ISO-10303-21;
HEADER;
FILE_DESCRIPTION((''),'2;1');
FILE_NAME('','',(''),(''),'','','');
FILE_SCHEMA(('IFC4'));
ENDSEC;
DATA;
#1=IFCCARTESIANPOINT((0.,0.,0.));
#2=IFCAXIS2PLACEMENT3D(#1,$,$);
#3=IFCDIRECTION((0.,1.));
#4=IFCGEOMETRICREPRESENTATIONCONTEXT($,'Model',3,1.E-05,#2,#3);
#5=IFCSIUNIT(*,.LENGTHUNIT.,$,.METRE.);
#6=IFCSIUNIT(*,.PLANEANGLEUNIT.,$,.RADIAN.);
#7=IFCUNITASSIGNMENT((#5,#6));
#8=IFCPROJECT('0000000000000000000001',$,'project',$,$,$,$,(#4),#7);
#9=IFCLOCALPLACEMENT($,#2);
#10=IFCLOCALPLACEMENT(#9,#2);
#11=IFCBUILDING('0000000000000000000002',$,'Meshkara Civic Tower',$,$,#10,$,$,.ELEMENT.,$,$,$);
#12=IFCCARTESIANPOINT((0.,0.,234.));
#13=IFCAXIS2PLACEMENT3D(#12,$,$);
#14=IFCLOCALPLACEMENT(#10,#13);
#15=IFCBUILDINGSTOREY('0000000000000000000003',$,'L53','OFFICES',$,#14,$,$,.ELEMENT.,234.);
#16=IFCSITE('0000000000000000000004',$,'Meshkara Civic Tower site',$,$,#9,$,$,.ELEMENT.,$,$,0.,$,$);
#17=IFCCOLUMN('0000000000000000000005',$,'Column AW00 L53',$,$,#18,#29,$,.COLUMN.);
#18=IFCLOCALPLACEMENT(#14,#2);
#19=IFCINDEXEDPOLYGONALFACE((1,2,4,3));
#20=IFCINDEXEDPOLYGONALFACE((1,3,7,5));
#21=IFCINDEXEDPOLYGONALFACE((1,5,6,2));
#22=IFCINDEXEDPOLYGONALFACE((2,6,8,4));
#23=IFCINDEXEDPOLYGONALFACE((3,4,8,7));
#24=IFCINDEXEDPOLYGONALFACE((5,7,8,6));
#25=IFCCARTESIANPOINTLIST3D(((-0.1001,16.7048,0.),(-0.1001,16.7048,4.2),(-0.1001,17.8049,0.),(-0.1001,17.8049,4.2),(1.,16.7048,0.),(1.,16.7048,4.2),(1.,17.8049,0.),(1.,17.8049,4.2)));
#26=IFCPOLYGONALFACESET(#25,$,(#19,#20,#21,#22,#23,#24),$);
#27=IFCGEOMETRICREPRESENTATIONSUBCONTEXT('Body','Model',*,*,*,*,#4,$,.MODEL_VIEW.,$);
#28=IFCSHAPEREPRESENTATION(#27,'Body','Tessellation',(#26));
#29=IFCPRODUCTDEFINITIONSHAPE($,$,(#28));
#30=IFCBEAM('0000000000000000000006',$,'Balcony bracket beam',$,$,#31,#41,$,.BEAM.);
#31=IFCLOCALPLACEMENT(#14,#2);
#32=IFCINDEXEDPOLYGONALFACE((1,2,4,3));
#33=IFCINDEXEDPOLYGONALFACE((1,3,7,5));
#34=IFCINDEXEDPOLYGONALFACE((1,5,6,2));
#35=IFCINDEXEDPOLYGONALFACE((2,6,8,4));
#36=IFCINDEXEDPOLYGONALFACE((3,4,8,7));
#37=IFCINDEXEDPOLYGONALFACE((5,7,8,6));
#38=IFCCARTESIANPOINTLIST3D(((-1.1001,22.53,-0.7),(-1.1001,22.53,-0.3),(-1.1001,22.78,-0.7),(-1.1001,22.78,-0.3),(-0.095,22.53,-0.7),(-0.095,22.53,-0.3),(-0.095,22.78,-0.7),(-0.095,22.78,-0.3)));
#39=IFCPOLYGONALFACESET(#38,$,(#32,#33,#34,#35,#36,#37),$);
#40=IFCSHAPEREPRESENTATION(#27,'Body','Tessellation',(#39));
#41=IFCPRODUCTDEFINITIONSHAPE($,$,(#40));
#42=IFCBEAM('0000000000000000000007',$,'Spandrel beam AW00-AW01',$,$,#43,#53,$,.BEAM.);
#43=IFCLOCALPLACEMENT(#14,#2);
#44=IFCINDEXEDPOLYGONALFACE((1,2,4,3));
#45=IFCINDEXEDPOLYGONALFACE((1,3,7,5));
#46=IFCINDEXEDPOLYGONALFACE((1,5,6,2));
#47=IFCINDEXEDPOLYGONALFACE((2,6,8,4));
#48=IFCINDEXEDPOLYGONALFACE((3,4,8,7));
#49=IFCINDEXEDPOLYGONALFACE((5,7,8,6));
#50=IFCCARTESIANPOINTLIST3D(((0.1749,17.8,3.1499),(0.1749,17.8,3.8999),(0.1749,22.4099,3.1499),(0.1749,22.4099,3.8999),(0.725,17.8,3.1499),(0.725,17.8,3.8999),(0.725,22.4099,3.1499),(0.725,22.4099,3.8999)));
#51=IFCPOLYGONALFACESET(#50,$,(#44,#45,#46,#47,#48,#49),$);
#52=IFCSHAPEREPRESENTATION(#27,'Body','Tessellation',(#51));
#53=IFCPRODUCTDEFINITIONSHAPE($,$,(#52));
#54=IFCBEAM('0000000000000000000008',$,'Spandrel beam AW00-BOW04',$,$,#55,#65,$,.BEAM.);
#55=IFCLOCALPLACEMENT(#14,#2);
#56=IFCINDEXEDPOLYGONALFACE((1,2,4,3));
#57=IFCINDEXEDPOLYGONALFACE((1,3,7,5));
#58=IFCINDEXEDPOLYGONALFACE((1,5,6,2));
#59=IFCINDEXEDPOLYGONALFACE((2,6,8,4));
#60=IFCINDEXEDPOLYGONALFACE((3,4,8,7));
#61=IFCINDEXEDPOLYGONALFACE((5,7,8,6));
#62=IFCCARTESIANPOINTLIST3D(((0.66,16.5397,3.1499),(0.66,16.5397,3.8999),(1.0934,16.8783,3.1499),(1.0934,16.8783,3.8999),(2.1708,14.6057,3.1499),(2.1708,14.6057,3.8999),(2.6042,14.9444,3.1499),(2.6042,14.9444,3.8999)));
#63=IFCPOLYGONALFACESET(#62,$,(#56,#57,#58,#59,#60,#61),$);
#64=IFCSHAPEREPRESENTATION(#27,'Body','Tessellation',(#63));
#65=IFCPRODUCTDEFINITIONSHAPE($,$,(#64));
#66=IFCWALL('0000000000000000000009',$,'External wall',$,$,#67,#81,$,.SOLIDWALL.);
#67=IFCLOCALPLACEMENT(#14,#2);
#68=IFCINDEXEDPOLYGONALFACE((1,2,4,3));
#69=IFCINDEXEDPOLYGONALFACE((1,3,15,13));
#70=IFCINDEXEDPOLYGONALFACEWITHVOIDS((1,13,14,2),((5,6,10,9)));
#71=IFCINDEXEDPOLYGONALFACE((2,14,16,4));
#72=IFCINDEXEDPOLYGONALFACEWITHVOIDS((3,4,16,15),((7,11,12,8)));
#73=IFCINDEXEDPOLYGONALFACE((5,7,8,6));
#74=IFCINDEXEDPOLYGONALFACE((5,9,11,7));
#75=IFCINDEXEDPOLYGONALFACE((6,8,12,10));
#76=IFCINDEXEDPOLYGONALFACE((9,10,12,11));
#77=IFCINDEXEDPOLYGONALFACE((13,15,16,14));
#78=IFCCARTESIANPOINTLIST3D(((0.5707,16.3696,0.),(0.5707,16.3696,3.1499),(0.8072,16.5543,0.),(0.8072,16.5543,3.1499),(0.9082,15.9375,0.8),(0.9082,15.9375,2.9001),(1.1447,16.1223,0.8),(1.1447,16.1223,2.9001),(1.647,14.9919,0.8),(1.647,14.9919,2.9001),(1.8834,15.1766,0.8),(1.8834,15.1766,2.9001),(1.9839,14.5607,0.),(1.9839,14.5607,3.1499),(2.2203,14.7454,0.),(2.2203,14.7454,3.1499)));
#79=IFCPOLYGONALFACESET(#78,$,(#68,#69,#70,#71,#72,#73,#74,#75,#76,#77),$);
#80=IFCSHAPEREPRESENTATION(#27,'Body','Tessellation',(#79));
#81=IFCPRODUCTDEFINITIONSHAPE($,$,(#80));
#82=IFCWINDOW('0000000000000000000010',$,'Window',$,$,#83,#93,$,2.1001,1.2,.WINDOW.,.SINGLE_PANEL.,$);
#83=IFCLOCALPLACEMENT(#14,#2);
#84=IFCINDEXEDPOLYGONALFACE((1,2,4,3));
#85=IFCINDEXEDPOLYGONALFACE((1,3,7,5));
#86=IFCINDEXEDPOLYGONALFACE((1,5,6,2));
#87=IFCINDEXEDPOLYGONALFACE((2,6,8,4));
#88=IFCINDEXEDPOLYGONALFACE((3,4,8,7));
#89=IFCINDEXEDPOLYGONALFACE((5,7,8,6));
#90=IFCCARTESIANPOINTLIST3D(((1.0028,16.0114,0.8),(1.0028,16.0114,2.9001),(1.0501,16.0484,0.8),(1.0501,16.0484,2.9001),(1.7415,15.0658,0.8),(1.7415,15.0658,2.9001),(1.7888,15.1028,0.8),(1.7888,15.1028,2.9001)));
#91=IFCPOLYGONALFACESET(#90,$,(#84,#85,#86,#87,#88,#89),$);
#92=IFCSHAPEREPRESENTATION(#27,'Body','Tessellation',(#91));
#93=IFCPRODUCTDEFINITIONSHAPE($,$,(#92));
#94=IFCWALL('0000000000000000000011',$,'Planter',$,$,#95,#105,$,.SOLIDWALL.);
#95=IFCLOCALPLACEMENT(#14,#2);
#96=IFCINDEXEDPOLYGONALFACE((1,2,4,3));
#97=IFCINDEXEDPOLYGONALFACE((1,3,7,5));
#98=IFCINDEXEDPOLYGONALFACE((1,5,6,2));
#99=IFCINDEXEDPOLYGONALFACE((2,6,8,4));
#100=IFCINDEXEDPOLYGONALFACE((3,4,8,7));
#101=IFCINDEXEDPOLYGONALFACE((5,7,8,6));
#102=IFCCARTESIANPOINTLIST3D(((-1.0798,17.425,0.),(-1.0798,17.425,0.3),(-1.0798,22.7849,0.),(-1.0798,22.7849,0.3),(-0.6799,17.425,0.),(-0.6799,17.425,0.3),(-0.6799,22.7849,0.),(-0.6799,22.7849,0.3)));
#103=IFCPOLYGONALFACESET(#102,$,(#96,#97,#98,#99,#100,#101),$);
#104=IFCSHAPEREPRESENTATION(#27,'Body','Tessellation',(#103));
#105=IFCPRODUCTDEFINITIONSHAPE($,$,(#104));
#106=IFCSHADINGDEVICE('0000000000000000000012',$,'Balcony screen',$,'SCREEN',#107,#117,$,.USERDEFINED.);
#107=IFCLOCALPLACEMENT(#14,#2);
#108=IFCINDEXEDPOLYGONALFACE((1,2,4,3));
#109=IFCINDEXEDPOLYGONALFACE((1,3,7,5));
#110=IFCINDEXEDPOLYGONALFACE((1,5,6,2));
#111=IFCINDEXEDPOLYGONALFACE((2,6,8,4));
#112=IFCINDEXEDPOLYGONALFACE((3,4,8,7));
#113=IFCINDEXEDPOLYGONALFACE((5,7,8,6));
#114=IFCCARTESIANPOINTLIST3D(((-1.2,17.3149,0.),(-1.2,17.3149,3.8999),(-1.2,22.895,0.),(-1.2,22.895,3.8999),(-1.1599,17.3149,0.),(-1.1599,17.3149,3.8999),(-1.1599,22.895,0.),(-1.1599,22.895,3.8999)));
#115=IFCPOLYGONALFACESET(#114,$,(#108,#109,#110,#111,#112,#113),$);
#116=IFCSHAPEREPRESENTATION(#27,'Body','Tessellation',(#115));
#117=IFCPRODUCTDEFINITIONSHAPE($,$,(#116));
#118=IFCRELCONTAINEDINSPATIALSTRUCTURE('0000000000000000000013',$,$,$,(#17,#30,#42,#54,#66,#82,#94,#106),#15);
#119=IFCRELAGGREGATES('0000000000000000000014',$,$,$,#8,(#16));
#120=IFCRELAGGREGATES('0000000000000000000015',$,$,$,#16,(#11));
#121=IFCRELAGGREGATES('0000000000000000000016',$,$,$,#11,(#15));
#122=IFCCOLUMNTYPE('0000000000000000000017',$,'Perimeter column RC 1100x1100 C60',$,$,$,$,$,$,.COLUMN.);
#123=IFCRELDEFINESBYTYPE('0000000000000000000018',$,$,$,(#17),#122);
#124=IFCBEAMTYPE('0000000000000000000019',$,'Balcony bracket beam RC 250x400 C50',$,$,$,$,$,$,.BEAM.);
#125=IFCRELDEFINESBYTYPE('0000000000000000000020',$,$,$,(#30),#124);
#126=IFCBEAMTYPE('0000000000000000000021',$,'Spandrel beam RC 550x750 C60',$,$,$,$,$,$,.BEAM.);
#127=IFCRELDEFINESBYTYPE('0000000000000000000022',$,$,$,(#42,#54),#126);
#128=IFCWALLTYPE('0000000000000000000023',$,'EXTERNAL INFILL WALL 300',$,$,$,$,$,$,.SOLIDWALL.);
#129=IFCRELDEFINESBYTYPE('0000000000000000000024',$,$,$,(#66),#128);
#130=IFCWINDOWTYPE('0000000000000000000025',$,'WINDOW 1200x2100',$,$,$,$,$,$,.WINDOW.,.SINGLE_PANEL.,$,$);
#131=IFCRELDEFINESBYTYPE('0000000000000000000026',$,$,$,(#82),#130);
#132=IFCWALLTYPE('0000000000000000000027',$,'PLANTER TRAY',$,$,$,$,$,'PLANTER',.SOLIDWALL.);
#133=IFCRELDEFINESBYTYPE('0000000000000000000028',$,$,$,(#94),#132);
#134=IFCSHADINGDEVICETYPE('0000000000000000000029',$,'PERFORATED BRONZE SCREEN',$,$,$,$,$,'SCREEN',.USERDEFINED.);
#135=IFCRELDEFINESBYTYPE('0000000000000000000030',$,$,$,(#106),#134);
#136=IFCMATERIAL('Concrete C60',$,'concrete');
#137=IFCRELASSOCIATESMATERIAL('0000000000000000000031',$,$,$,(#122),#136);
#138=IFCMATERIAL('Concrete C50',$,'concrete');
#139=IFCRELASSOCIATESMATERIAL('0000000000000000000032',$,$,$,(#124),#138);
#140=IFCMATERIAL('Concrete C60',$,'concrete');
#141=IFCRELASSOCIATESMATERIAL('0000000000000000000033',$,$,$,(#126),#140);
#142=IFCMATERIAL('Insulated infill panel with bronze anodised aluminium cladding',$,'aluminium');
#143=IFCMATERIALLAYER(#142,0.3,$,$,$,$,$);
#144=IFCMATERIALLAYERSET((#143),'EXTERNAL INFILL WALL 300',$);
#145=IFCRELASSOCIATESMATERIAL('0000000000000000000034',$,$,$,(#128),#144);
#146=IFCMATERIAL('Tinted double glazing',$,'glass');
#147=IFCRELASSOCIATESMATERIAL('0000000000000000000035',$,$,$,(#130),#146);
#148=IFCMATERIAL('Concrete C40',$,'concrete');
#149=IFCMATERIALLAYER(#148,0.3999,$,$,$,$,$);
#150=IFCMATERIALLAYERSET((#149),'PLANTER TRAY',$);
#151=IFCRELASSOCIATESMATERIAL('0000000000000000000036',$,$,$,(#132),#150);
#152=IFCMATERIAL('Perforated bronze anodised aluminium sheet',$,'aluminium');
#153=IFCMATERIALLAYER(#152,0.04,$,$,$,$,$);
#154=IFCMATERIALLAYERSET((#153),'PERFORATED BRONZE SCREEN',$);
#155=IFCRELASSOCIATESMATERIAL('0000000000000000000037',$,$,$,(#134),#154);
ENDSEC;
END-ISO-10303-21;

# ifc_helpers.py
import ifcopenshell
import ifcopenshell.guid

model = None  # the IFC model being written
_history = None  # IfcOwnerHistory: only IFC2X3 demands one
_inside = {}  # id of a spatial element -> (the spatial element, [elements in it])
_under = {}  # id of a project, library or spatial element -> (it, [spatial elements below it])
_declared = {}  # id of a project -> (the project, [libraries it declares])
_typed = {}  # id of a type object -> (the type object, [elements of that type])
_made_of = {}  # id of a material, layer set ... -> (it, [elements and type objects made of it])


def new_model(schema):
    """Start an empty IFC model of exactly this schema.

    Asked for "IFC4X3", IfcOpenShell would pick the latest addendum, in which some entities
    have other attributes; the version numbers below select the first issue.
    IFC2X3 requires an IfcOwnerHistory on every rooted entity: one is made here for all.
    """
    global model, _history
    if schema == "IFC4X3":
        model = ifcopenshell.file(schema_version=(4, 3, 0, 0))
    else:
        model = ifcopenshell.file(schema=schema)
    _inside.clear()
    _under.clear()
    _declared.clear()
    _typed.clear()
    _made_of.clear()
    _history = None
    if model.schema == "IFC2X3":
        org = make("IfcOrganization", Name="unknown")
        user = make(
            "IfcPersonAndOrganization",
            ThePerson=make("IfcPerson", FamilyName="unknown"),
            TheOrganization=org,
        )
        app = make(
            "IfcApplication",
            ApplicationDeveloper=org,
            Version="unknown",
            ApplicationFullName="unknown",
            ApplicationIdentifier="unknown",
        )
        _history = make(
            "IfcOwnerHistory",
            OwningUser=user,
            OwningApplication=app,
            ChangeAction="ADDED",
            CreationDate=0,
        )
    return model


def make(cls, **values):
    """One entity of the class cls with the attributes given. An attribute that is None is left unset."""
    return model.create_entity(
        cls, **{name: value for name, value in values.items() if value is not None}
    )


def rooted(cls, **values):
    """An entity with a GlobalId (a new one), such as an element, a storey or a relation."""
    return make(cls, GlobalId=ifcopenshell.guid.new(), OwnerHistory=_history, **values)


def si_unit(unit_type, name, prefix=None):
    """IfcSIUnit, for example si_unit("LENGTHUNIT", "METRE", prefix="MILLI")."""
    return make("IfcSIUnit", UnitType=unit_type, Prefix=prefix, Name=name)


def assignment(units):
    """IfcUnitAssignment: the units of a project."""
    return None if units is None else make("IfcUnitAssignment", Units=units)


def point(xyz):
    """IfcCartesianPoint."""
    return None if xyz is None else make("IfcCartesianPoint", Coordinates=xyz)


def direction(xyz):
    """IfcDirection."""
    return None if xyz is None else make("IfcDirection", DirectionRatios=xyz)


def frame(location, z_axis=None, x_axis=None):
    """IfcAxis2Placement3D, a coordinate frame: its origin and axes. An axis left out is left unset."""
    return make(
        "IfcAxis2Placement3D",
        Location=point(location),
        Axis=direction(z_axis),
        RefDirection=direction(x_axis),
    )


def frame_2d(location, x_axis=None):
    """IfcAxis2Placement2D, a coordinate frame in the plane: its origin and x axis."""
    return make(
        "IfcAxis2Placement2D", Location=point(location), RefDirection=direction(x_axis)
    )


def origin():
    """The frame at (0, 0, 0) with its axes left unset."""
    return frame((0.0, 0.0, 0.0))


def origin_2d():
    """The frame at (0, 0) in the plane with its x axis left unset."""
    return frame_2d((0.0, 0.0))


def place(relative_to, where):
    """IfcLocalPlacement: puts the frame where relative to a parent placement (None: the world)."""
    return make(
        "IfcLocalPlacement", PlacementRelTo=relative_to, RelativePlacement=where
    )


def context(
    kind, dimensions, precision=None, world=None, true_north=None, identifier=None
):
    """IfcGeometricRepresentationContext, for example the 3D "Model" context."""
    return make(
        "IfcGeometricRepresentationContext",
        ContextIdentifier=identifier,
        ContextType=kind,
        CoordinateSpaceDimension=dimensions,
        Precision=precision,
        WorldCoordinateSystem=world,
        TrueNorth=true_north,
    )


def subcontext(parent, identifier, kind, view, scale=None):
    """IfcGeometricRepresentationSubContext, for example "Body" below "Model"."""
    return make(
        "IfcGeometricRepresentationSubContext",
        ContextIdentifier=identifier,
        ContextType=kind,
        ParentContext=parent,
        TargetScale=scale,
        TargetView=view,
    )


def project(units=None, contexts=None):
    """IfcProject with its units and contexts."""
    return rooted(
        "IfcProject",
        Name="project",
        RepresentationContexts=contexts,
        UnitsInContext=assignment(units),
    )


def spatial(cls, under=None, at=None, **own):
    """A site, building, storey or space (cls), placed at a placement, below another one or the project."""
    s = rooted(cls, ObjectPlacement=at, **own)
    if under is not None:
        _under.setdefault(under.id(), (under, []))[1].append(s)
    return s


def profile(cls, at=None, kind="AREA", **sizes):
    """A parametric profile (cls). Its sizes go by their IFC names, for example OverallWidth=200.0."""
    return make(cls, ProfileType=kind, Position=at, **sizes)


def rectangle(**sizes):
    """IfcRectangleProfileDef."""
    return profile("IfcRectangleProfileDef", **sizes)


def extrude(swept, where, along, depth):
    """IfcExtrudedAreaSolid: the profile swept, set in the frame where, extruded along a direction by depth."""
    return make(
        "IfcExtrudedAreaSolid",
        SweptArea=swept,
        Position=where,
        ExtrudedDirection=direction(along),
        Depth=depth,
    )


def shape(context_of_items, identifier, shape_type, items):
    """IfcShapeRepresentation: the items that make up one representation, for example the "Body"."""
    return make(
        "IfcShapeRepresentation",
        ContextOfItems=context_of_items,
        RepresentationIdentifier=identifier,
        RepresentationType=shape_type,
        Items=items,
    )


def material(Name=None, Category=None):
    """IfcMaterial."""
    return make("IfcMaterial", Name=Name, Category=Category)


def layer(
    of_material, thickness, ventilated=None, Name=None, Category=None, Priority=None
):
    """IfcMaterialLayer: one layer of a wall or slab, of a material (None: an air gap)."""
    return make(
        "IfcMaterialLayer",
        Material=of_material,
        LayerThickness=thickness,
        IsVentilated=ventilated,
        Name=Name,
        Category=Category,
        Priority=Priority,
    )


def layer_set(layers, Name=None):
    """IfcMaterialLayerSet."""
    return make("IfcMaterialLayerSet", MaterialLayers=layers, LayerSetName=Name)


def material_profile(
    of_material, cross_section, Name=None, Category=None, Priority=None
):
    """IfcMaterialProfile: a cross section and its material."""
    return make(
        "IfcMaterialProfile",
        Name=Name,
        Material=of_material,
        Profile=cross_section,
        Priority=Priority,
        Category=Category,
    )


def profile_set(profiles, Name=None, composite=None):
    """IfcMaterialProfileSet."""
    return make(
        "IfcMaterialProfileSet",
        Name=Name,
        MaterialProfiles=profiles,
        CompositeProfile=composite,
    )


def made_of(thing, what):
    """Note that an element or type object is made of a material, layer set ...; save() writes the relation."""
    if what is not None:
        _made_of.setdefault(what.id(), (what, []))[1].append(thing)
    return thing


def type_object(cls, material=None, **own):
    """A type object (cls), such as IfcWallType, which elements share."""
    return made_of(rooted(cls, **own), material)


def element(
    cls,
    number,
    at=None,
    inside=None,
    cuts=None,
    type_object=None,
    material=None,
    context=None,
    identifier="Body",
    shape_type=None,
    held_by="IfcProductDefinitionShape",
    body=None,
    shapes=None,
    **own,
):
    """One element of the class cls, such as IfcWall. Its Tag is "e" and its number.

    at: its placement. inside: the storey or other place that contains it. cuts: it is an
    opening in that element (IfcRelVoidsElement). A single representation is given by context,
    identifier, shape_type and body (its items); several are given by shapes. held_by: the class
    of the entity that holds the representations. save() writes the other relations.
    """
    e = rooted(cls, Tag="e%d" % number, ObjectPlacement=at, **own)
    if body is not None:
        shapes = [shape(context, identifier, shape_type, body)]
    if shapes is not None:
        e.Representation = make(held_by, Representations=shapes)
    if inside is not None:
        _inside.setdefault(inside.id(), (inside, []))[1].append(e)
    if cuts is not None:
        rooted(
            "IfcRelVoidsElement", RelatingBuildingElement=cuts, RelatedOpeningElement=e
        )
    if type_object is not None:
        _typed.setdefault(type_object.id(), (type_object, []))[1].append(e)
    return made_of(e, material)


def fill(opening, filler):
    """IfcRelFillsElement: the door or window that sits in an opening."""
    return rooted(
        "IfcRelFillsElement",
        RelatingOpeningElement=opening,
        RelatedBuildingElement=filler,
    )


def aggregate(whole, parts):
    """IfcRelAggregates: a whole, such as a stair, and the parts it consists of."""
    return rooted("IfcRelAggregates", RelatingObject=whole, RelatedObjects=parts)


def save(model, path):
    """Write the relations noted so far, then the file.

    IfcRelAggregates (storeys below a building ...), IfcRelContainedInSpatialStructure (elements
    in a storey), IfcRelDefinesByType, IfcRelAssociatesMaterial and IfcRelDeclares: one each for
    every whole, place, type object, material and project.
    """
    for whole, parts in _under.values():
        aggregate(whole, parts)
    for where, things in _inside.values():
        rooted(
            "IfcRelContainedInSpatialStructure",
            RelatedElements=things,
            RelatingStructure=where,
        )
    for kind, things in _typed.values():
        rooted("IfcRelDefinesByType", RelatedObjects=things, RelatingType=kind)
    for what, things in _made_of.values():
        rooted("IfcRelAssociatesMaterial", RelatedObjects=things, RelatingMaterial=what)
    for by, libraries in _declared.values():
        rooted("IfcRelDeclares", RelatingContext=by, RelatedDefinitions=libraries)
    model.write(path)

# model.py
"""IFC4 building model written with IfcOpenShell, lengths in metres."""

from ifc_helpers import new_model, si_unit, direction, frame, frame_2d, origin, origin_2d, place, context, subcontext, project, spatial, rectangle, extrude, material, layer, layer_set, material_profile, profile_set, type_object, element, fill, save


model = new_model("IFC4")

# Units and contexts
model_context = context("Model", 3, precision=1e-05, world=origin(), true_north=direction((0.0, 1.0)))
body_context = subcontext(model_context, "Body", "Model", "MODEL_VIEW")
ifc_project = project(units=[si_unit("LENGTHUNIT", "METRE"), si_unit("PLANEANGLEUNIT", "RADIAN")], contexts=[model_context])

# Site, building, storey
site_placement = place(None, origin())
site = spatial("IfcSite", under=ifc_project, at=site_placement, Name="Meshkara Civic Tower site", CompositionType="ELEMENT", RefElevation=0.0)
building_placement = place(site_placement, origin())
building = spatial("IfcBuilding", under=site, at=building_placement, Name="Meshkara Civic Tower", CompositionType="ELEMENT")
storey_placement = place(building_placement, frame((0.0, 0.0, 234.0)))
storey = spatial("IfcBuildingStorey", under=building, at=storey_placement, Name="L53", Description="OFFICES", CompositionType="ELEMENT", Elevation=234.0)

# Column
ifc_material_1 = material(Name="Concrete C60", Category="concrete")
ifc_material_profile_1 = material_profile(ifc_material_1, rectangle(XDim=1.1001, YDim=1.1001, at=origin_2d()))
ifc_profile_set_1 = profile_set([ifc_material_profile_1], Name="Concrete C60")
column_type = type_object("IfcColumnType", Name="Perimeter column RC 1100x1100 C60", PredefinedType="COLUMN", material=ifc_profile_set_1)
column_placement = place(storey_placement, frame((0.45, 17.2549, 0.0), z_axis=(0.0, 0.0, 1.0), x_axis=(1.0, 0.0, 0.0)))
element("IfcColumn", 1, at=column_placement, inside=storey, type_object=column_type, Name="Column AW00 L53", PredefinedType="COLUMN", context=body_context, shape_type="SweptSolid", body=[
    extrude(rectangle(XDim=1.1001, YDim=1.1001, at=origin_2d()), origin(), (0.0, 0.0, 1.0), 4.2),
])

# Beams
ifc_material_2 = material(Name="Concrete C50", Category="concrete")
ifc_material_profile_2 = material_profile(ifc_material_2, rectangle(XDim=0.25, YDim=0.3999, at=origin_2d()))
ifc_profile_set_2 = profile_set([ifc_material_profile_2], Name="Concrete C50")
beam_type_1 = type_object("IfcBeamType", Name="Balcony bracket beam RC 250x400 C50", PredefinedType="BEAM", material=ifc_profile_set_2)
beam_1_placement = place(storey_placement, frame((-0.095, 22.655, -0.5), z_axis=(-1.0, 0.0, 0.0), x_axis=(0.0, -1.0, 0.0)))
element("IfcBeam", 2, at=beam_1_placement, inside=storey, type_object=beam_type_1, Name="Balcony bracket beam", PredefinedType="BEAM", context=body_context, shape_type="SweptSolid", body=[
    extrude(rectangle(XDim=0.25, YDim=0.3999, at=origin_2d()), origin(), (0.0, 0.0, 1.0), 1.0051),
])
ifc_material_3 = material(Name="Concrete C60", Category="concrete")
ifc_material_profile_3 = material_profile(ifc_material_3, rectangle(XDim=0.55, YDim=0.75, at=origin_2d()))
ifc_profile_set_3 = profile_set([ifc_material_profile_3], Name="Concrete C60")
beam_type_2 = type_object("IfcBeamType", Name="Spandrel beam RC 550x750 C60", PredefinedType="BEAM", material=ifc_profile_set_3)
beam_2_placement = place(storey_placement, frame((0.45, 22.4099, 3.5249), z_axis=(0.0, -1.0, 0.0), x_axis=(1.0, 0.0, 0.0)))
element("IfcBeam", 3, at=beam_2_placement, inside=storey, type_object=beam_type_2, Name="Spandrel beam AW00-AW01", PredefinedType="BEAM", context=body_context, shape_type="SweptSolid", body=[
    extrude(rectangle(XDim=0.55, YDim=0.75, at=origin_2d()), origin(), (0.0, 0.0, 1.0), 4.6099),
])
beam_3_placement = place(storey_placement, frame((0.8767, 16.709, 3.5249), z_axis=(0.615627, -0.788038, 0.0), x_axis=(0.788038, 0.615627, 0.0)))
element("IfcBeam", 4, at=beam_3_placement, inside=storey, type_object=beam_type_2, Name="Spandrel beam AW00-BOW04", PredefinedType="BEAM", context=body_context, shape_type="SweptSolid", body=[
    extrude(rectangle(XDim=0.55, YDim=0.75, at=origin_2d()), origin(), (0.0, 0.0, 1.0), 2.4541),
])

# Wall, opening, window
ifc_material_4 = material(Name="Insulated infill panel with bronze anodised aluminium cladding", Category="aluminium")
ifc_layer_1 = layer(ifc_material_4, 0.3)
ifc_layer_set_1 = layer_set([ifc_layer_1], Name="EXTERNAL INFILL WALL 300")
wall_type_1 = type_object("IfcWallType", Name="EXTERNAL INFILL WALL 300", PredefinedType="SOLIDWALL", material=ifc_layer_set_1)
wall_1_placement = place(storey_placement, frame((0.689, 16.4619, 0.0), z_axis=(0.0, 0.0, 1.0), x_axis=(0.615625, -0.788039, 0.0)))
wall_1 = element("IfcWall", 5, at=wall_1_placement, inside=storey, type_object=wall_type_1, Name="External wall", PredefinedType="SOLIDWALL", context=body_context, shape_type="SweptSolid", body=[
    extrude(rectangle(XDim=2.2954, YDim=0.3, at=frame_2d((1.1477, 0.0))), origin(), (0.0, 0.0, 1.0), 3.1499),
])
opening_1_placement = place(wall_1_placement, frame((0.5481, 0.0, 0.8)))
opening_1 = element("IfcOpeningElement", 6, at=opening_1_placement, cuts=wall_1, PredefinedType="OPENING", context=body_context, shape_type="SweptSolid", body=[
    extrude(rectangle(XDim=1.2, YDim=2.1001, at=frame_2d((0.6001, 1.05))), frame((0.0, 0.1599, 0.0), z_axis=(0.0, -1.0, 0.0), x_axis=(1.0, 0.0, 0.0)), (0.0, 0.0, 1.0), 0.3201),
])
ifc_material_5 = material(Name="Tinted double glazing", Category="glass")
window_type = type_object("IfcWindowType", Name="WINDOW 1200x2100", PartitioningType="SINGLE_PANEL", PredefinedType="WINDOW", material=ifc_material_5)
window_placement = place(opening_1_placement, origin())
window = element("IfcWindow", 7, at=window_placement, inside=storey, type_object=window_type, Name="Window", OverallHeight=2.1001, OverallWidth=1.2, PartitioningType="SINGLE_PANEL", PredefinedType="WINDOW", context=body_context, shape_type="SweptSolid", body=[
    extrude(rectangle(XDim=1.2, YDim=2.1001, at=frame_2d((0.6001, 1.05))), frame((0.0, 0.03, 0.0), z_axis=(0.0, -1.0, 0.0), x_axis=(1.0, 0.0, 0.0)), (0.0, 0.0, 1.0), 0.0601),
])
fill(opening_1, window)

# Wall
ifc_material_6 = material(Name="Concrete C40", Category="concrete")
ifc_layer_2 = layer(ifc_material_6, 0.3999)
ifc_layer_set_2 = layer_set([ifc_layer_2], Name="PLANTER TRAY")
wall_type_2 = type_object("IfcWallType", Name="PLANTER TRAY", ElementType="PLANTER", PredefinedType="SOLIDWALL", material=ifc_layer_set_2)
wall_2_placement = place(storey_placement, frame((-0.8799, 22.7849, 0.0), z_axis=(0.0, 0.0, 1.0), x_axis=(0.0, -1.0, 0.0)))
element("IfcWall", 8, at=wall_2_placement, inside=storey, type_object=wall_type_2, Name="Planter", PredefinedType="SOLIDWALL", context=body_context, shape_type="SweptSolid", body=[
    extrude(rectangle(XDim=5.3599, YDim=0.3999, at=frame_2d((2.6799, 0.0))), origin(), (0.0, 0.0, 1.0), 0.3),
])

# Shading device
ifc_material_7 = material(Name="Perforated bronze anodised aluminium sheet", Category="aluminium")
ifc_layer_3 = layer(ifc_material_7, 0.04)
ifc_layer_set_3 = layer_set([ifc_layer_3], Name="PERFORATED BRONZE SCREEN")
shading_device_type = type_object("IfcShadingDeviceType", Name="PERFORATED BRONZE SCREEN", ElementType="SCREEN", PredefinedType="USERDEFINED", material=ifc_layer_set_3)
shading_device_placement = place(storey_placement, frame((-1.1799, 20.105, 0.0), z_axis=(0.0, 0.0, 1.0), x_axis=(0.0, -1.0, 0.0)))
element("IfcShadingDevice", 9, at=shading_device_placement, inside=storey, type_object=shading_device_type, Name="Balcony screen", ObjectType="SCREEN", PredefinedType="USERDEFINED", context=body_context, shape_type="SweptSolid", body=[
    extrude(rectangle(XDim=5.5801, YDim=0.04, at=origin_2d()), origin(), (0.0, 0.0, 1.0), 3.8999),
])

save(model, "model.ifc")
